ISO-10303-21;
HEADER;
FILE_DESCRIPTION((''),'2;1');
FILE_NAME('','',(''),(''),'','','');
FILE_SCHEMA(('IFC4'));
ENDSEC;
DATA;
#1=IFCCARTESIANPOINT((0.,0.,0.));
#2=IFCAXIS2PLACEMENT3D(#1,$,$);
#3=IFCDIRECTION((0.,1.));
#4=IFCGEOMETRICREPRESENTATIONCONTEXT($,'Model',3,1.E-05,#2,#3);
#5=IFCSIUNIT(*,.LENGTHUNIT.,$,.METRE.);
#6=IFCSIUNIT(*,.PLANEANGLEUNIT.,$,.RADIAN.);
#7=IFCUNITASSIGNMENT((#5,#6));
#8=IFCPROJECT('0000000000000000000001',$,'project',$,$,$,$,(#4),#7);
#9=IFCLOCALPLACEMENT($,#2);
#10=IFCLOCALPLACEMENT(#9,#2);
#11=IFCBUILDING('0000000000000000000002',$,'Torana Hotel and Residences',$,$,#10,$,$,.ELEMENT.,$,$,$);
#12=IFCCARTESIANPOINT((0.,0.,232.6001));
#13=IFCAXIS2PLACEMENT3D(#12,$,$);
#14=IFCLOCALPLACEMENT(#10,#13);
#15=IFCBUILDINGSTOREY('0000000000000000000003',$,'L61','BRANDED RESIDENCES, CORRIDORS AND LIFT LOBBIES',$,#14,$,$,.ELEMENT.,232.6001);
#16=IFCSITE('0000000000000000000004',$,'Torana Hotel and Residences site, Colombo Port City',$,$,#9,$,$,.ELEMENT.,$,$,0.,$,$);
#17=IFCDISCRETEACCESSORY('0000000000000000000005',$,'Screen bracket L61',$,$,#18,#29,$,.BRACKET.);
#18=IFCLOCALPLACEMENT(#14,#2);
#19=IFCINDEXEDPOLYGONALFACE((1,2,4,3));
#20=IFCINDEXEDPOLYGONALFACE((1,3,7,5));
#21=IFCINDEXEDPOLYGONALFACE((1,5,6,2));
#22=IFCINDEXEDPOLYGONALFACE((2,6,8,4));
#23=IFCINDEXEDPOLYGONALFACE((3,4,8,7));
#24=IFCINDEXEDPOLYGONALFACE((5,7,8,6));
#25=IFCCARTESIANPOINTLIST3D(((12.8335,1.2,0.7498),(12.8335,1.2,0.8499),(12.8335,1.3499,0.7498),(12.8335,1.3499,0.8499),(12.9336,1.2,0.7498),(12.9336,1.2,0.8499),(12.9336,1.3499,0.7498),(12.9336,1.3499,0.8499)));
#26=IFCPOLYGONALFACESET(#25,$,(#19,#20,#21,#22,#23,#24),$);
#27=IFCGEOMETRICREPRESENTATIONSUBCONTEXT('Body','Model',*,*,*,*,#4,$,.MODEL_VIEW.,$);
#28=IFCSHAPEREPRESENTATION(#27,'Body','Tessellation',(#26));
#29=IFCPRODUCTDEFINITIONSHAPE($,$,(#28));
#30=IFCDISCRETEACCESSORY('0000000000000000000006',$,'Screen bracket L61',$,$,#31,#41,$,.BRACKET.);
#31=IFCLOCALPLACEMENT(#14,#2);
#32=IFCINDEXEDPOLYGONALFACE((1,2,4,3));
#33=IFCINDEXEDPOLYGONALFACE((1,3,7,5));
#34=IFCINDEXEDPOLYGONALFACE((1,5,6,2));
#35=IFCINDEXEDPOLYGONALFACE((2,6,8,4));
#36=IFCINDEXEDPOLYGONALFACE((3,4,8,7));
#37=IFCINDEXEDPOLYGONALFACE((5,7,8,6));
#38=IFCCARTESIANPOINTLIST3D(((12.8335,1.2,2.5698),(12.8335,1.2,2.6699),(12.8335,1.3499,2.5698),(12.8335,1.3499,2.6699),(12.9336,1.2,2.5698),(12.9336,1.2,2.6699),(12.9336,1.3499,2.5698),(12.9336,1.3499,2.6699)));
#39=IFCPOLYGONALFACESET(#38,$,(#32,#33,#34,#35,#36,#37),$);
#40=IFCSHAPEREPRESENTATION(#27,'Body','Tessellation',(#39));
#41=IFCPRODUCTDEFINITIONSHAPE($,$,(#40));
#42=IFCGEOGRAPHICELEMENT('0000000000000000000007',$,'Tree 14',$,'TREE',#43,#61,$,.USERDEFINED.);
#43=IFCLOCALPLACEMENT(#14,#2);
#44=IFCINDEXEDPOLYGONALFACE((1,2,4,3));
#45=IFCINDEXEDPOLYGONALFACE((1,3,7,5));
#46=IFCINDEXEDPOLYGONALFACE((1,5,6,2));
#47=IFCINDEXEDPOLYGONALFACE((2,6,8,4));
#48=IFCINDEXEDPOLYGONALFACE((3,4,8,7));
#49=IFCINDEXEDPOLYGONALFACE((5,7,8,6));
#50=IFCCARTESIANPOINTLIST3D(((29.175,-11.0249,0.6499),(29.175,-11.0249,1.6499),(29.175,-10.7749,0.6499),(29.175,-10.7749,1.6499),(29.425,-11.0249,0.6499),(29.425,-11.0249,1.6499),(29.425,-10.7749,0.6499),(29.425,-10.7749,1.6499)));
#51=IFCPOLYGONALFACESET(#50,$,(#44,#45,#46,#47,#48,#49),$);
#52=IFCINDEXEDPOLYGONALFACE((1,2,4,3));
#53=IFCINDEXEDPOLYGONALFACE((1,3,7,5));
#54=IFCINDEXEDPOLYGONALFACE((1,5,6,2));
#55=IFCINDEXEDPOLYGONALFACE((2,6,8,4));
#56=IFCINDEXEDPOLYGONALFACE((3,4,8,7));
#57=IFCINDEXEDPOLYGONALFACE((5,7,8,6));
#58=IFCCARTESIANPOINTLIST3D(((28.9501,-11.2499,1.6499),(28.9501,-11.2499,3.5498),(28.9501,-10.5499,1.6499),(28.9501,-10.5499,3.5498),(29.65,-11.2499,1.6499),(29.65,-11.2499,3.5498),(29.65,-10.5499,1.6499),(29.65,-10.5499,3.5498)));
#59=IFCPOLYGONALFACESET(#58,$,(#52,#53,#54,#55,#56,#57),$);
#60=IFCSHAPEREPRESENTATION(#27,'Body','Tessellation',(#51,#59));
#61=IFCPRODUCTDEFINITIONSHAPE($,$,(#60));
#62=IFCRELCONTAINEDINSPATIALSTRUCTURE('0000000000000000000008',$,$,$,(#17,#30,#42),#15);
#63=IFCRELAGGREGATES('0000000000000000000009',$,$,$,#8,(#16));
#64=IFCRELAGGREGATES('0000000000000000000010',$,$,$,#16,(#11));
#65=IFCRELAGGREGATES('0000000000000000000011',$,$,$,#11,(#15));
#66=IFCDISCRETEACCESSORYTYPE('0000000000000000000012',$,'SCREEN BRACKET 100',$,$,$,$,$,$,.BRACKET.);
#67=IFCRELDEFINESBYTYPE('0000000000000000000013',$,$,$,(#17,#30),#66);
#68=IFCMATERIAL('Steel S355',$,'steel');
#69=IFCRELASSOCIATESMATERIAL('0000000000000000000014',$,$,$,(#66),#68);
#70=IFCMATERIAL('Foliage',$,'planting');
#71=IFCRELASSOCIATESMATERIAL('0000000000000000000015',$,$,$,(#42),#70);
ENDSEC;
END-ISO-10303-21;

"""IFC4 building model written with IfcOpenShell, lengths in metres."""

from ifc_helpers import new_model, si_unit, direction, frame, origin, origin_2d, place, context, subcontext, project, spatial, rectangle, extrude, material, type_object, element, save


model = new_model("IFC4")

# Units and contexts
model_context = context("Model", 3, precision=1e-05, world=origin(), true_north=direction((0.0, 1.0)))
body_context = subcontext(model_context, "Body", "Model", "MODEL_VIEW")
ifc_project = project(units=[si_unit("LENGTHUNIT", "METRE"), si_unit("PLANEANGLEUNIT", "RADIAN")], contexts=[model_context])

# Site, building, storey
site_placement = place(None, origin())
site = spatial("IfcSite", under=ifc_project, at=site_placement, Name="Torana Hotel and Residences site, Colombo Port City", CompositionType="ELEMENT", RefElevation=0.0)
building_placement = place(site_placement, origin())
building = spatial("IfcBuilding", under=site, at=building_placement, Name="Torana Hotel and Residences", CompositionType="ELEMENT")
storey_placement = place(building_placement, frame((0.0, 0.0, 232.6001)))
storey = spatial("IfcBuildingStorey", under=building, at=storey_placement, Name="L61", Description="BRANDED RESIDENCES, CORRIDORS AND LIFT LOBBIES", CompositionType="ELEMENT", Elevation=232.6001)

# Discrete accessories
ifc_material_1 = material(Name="Steel S355", Category="steel")
discrete_accessory_type = type_object("IfcDiscreteAccessoryType", Name="SCREEN BRACKET 100", PredefinedType="BRACKET", material=ifc_material_1)
for number, where, z_axis, x_axis, name in (
    (1, (12.8835, 1.2749, 0.7498), (0.0, 0.0, 1.0), (-1.0, 0.0, 0.0), "Screen bracket L61"),
    (2, (12.8835, 1.2749, 2.5698), (0.0, 0.0, 1.0), (-1.0, 0.0, 0.0), "Screen bracket L61"),
):
    element("IfcDiscreteAccessory", number, at=place(storey_placement, frame(where, z_axis=z_axis, x_axis=x_axis)), inside=storey, type_object=discrete_accessory_type, Name=name, PredefinedType="BRACKET", context=body_context, shape_type="SweptSolid", body=[
        extrude(rectangle(XDim=0.1001, YDim=0.1499, at=origin_2d()), origin(), (0.0, 0.0, 1.0), 0.1001),
    ])

# Geographic element
ifc_material_2 = material(Name="Foliage", Category="planting")
geographic_element_placement = place(storey_placement, frame((29.3, -10.8999, 0.6499), z_axis=(0.0, 0.0, 1.0), x_axis=(1.0, 0.0, 0.0)))
element("IfcGeographicElement", 3, at=geographic_element_placement, inside=storey, material=ifc_material_2, Name="Tree 14", ObjectType="TREE", PredefinedType="USERDEFINED", context=body_context, shape_type="SweptSolid", body=[
    extrude(rectangle(XDim=0.25, YDim=0.25, at=origin_2d()), origin(), (0.0, 0.0, 1.0), 1.0),
    extrude(rectangle(XDim=0.7, YDim=0.7, at=origin_2d()), frame((0.0, 0.0, 1.0)), (0.0, 0.0, 1.0), 1.8999),
])

save(model, "model.ifc")
